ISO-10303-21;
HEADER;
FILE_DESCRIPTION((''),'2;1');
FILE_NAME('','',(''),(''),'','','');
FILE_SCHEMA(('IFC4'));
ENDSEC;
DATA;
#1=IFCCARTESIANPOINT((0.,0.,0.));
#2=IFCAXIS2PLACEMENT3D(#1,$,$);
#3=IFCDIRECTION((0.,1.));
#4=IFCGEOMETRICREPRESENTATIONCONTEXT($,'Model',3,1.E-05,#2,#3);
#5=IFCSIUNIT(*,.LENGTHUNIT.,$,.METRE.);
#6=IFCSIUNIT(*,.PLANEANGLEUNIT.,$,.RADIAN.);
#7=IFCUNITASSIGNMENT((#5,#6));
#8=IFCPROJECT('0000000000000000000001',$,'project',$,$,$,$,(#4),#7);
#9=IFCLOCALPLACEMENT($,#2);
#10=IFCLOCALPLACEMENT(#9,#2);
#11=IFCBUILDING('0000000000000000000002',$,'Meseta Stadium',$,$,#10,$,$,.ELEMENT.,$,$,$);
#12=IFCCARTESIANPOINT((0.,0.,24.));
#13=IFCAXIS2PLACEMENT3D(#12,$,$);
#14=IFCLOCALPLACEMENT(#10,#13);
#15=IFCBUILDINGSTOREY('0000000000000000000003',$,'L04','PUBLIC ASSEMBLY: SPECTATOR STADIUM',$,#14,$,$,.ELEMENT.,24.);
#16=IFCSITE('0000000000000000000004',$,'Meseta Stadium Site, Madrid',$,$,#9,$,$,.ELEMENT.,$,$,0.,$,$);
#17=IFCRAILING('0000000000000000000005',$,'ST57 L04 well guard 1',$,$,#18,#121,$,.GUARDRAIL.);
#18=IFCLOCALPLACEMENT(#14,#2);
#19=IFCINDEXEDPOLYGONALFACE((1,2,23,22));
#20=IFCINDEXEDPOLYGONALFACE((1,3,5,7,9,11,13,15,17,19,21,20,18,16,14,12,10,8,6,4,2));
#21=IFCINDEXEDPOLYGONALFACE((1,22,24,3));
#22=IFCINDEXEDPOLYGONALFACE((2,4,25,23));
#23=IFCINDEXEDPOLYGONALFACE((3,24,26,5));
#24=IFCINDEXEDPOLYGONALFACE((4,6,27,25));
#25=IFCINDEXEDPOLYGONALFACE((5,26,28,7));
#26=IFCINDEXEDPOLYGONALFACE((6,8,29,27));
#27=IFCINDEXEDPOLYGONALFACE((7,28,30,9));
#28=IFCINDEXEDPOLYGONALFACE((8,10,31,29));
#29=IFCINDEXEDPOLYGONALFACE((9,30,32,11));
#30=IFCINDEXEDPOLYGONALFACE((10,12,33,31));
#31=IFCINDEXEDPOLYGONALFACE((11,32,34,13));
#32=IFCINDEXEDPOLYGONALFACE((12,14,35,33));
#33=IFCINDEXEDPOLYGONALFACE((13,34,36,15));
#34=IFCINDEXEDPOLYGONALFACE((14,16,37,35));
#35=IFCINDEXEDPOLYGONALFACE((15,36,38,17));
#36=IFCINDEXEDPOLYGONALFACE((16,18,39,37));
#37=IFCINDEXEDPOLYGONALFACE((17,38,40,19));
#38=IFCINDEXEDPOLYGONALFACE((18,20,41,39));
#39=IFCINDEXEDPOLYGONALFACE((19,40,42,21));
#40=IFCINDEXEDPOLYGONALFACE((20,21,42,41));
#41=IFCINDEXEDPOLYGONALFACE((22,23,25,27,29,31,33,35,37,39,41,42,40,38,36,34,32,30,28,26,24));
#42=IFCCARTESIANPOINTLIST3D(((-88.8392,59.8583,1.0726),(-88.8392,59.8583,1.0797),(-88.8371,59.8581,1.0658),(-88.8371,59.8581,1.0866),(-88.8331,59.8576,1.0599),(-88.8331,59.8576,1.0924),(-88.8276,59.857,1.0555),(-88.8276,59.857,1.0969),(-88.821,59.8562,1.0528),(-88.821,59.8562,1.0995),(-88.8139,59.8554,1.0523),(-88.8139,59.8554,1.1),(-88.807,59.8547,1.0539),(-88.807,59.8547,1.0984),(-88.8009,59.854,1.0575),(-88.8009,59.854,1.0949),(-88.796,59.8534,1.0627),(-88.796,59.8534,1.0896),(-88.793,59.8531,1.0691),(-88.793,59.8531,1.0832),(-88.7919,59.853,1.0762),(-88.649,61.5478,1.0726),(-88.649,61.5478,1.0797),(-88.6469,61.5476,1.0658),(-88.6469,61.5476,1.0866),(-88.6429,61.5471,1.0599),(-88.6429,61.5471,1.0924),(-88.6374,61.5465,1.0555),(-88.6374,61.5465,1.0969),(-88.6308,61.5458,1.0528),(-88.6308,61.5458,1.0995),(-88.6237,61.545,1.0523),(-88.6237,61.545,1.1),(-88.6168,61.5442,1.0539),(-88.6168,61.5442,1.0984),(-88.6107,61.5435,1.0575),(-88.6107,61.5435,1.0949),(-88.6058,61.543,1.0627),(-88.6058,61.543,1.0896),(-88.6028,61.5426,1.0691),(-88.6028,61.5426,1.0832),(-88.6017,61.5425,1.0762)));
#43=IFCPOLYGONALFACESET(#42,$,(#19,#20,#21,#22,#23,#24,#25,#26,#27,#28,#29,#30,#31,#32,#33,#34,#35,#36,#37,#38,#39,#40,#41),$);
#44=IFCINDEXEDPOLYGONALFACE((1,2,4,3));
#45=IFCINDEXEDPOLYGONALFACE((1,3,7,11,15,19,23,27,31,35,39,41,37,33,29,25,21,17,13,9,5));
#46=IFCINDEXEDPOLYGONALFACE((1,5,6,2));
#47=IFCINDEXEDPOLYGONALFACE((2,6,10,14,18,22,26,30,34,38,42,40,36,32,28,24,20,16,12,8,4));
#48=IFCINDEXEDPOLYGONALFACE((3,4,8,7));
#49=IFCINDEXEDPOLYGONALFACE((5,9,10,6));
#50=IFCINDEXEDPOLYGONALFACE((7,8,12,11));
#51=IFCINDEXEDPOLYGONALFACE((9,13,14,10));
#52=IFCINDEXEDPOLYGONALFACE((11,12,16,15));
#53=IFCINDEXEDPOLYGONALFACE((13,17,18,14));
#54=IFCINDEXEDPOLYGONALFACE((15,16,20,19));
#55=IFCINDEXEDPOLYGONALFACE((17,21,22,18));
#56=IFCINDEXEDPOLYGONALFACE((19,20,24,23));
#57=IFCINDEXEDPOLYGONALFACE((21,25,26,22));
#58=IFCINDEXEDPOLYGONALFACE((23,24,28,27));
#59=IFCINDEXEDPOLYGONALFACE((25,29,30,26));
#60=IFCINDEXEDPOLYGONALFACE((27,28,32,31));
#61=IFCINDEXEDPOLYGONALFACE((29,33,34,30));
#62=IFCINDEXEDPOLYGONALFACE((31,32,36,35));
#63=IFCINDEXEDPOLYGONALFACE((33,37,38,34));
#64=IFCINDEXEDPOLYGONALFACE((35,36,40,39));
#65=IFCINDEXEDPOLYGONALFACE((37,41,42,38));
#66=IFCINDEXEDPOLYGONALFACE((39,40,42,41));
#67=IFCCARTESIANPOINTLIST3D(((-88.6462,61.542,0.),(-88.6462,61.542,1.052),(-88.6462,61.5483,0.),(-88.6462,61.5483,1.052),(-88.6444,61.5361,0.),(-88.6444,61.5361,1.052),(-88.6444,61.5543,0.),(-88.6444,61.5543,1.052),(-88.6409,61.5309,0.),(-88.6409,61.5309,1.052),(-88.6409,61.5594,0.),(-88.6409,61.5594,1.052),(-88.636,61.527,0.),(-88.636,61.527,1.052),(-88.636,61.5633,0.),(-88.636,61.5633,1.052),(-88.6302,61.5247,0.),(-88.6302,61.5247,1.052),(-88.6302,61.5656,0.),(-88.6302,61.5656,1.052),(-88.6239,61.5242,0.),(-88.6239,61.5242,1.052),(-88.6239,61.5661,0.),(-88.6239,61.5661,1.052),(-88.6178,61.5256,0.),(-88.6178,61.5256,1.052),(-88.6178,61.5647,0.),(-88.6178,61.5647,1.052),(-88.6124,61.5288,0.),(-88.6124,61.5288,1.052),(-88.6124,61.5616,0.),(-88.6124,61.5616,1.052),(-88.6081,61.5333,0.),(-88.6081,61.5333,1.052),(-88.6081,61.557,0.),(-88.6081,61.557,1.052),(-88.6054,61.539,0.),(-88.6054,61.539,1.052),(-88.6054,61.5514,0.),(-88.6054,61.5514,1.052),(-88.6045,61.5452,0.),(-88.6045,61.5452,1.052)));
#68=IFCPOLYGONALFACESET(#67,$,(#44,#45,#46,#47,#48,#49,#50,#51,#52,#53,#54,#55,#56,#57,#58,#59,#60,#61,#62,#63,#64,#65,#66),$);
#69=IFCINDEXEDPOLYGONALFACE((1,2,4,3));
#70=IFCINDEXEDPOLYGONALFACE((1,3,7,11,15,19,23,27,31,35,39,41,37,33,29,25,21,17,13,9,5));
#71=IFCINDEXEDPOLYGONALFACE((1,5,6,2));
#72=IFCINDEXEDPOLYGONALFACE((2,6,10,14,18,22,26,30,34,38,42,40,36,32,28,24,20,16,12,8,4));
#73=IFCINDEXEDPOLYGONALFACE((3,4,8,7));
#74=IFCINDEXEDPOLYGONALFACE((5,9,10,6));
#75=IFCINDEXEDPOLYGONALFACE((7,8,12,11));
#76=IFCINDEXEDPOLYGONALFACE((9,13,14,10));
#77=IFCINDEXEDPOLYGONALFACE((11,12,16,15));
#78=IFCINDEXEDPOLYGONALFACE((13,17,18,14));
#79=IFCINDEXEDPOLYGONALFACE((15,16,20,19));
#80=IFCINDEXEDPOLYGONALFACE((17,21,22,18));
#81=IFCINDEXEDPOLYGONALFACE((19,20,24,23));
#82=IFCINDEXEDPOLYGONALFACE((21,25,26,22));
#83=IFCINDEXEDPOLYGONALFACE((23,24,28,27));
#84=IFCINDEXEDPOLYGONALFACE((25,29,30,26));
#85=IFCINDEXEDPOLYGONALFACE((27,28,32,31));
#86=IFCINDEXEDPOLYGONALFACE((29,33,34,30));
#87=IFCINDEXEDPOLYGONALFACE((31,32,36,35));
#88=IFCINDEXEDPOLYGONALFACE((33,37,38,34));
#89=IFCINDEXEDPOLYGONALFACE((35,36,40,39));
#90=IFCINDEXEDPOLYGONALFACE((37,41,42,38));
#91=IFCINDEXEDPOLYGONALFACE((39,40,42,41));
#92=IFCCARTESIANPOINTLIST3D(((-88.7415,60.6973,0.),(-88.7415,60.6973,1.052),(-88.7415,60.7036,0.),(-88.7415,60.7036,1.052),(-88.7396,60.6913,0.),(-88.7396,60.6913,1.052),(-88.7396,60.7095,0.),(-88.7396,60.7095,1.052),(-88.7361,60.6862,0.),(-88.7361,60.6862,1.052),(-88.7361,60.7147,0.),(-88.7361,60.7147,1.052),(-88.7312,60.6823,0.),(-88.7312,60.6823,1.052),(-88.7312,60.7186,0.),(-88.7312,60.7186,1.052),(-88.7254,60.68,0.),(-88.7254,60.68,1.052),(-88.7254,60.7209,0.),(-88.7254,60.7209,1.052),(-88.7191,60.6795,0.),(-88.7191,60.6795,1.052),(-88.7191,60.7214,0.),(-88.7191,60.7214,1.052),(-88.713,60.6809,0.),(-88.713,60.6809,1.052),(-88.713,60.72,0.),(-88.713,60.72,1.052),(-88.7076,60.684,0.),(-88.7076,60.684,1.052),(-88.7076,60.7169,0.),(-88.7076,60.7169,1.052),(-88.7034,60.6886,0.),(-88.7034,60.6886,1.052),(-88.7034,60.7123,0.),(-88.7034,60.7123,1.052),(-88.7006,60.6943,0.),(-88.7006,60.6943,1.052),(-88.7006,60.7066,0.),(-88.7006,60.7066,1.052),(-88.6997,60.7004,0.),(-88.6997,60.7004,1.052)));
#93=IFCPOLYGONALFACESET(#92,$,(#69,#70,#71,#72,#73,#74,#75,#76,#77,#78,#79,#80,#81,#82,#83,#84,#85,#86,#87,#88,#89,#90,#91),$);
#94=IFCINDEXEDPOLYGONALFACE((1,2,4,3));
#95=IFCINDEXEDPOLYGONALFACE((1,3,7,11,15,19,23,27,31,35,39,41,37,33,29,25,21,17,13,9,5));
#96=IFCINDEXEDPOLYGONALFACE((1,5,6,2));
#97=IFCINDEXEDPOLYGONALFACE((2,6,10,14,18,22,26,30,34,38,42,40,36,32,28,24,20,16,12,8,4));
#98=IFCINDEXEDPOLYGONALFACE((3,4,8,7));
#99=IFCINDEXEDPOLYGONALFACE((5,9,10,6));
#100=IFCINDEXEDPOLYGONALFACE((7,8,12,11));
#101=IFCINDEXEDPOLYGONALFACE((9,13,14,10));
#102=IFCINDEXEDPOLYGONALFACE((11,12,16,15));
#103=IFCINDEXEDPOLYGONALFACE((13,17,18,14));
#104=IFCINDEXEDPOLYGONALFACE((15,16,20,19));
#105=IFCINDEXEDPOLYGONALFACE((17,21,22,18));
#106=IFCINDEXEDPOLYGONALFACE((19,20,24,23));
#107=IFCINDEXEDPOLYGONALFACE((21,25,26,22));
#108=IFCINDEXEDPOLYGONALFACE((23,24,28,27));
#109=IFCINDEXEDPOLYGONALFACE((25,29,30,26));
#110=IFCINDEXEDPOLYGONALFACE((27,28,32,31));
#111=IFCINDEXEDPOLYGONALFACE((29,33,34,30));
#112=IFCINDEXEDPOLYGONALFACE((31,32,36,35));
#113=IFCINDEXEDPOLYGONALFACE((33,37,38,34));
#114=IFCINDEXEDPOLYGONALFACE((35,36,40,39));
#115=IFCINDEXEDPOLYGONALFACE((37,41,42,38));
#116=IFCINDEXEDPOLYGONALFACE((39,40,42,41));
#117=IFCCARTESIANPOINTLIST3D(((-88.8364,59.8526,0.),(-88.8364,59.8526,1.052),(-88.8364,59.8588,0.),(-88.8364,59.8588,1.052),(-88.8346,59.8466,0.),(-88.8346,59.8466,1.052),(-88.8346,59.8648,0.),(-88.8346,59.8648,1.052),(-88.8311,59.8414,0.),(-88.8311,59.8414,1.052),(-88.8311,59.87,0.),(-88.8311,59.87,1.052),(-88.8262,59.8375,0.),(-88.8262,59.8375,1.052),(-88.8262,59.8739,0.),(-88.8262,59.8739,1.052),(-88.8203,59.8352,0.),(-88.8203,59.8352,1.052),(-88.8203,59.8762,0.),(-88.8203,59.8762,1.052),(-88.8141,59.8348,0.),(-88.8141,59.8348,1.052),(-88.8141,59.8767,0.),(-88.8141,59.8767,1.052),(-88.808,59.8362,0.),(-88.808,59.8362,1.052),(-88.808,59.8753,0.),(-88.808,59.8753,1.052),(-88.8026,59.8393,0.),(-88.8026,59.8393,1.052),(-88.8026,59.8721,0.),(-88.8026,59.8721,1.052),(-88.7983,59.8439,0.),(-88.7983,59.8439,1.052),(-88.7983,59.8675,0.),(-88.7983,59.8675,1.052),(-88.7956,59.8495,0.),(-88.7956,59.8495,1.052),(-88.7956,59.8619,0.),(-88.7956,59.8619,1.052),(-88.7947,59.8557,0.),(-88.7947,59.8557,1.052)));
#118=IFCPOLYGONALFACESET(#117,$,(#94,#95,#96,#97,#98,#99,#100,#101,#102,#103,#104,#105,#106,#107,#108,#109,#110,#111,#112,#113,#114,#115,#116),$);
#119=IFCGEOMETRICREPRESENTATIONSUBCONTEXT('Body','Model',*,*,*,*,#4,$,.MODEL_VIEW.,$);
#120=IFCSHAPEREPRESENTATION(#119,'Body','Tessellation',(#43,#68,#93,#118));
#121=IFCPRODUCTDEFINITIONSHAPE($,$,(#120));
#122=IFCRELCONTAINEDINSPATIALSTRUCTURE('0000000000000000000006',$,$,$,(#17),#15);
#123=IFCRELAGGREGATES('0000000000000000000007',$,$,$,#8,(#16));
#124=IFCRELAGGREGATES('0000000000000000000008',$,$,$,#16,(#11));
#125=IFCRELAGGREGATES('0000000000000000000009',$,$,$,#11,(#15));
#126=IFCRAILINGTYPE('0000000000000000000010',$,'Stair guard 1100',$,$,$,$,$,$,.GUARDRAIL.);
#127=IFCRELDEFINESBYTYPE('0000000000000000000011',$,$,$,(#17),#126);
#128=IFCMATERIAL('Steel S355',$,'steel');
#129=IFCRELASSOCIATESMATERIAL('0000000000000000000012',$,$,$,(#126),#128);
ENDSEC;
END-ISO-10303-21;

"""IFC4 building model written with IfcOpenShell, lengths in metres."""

from ifc_helpers import new_model, si_unit, direction, frame, origin, origin_2d, place, context, subcontext, project, spatial, circle, extrude, material, type_object, element, save


model = new_model("IFC4")

# Units and contexts
model_context = context("Model", 3, precision=1e-05, world=origin(), true_north=direction((0.0, 1.0)))
body_context = subcontext(model_context, "Body", "Model", "MODEL_VIEW")
ifc_project = project(units=[si_unit("LENGTHUNIT", "METRE"), si_unit("PLANEANGLEUNIT", "RADIAN")], contexts=[model_context])

# Site, building, storey
site_placement = place(None, origin())
site = spatial("IfcSite", under=ifc_project, at=site_placement, Name="Meseta Stadium Site, Madrid", CompositionType="ELEMENT", RefElevation=0.0)
building_placement = place(site_placement, origin())
building = spatial("IfcBuilding", under=site, at=building_placement, Name="Meseta Stadium", CompositionType="ELEMENT")
storey_placement = place(building_placement, frame((0.0, 0.0, 24.0)))
storey = spatial("IfcBuildingStorey", under=building, at=storey_placement, Name="L04", Description="PUBLIC ASSEMBLY: SPECTATOR STADIUM", CompositionType="ELEMENT", Elevation=24.0)

# Railing
ifc_material_1 = material(Name="Steel S355", Category="steel")
railing_type = type_object("IfcRailingType", Name="Stair guard 1100", PredefinedType="GUARDRAIL", material=ifc_material_1)
railing_1_placement = place(storey_placement, frame((-88.6255, 61.5452, 0.0)))
element("IfcRailing", 1, at=railing_1_placement, inside=storey, type_object=railing_type, Name="ST57 L04 well guard 1", PredefinedType="GUARDRAIL", context=body_context, shape_type="SweptSolid", body=[
    extrude(circle(Radius=0.0239, at=origin_2d()), frame((0.0, 0.0, 1.0762), z_axis=(-0.111866, -0.993723, 0.0), x_axis=(0.993723, -0.111866, 0.0)), (0.0, 0.0, 1.0), 1.7002),
    extrude(circle(Radius=0.021, at=origin_2d()), origin(), (0.0, 0.0, 1.0), 1.052),
    extrude(circle(Radius=0.021, at=origin_2d()), frame((-0.0952, -0.8447, 0.0)), (0.0, 0.0, 1.0), 1.052),
    extrude(circle(Radius=0.021, at=origin_2d()), frame((-0.1902, -1.6895, 0.0)), (0.0, 0.0, 1.0), 1.052),
])

save(model, "model.ifc")
